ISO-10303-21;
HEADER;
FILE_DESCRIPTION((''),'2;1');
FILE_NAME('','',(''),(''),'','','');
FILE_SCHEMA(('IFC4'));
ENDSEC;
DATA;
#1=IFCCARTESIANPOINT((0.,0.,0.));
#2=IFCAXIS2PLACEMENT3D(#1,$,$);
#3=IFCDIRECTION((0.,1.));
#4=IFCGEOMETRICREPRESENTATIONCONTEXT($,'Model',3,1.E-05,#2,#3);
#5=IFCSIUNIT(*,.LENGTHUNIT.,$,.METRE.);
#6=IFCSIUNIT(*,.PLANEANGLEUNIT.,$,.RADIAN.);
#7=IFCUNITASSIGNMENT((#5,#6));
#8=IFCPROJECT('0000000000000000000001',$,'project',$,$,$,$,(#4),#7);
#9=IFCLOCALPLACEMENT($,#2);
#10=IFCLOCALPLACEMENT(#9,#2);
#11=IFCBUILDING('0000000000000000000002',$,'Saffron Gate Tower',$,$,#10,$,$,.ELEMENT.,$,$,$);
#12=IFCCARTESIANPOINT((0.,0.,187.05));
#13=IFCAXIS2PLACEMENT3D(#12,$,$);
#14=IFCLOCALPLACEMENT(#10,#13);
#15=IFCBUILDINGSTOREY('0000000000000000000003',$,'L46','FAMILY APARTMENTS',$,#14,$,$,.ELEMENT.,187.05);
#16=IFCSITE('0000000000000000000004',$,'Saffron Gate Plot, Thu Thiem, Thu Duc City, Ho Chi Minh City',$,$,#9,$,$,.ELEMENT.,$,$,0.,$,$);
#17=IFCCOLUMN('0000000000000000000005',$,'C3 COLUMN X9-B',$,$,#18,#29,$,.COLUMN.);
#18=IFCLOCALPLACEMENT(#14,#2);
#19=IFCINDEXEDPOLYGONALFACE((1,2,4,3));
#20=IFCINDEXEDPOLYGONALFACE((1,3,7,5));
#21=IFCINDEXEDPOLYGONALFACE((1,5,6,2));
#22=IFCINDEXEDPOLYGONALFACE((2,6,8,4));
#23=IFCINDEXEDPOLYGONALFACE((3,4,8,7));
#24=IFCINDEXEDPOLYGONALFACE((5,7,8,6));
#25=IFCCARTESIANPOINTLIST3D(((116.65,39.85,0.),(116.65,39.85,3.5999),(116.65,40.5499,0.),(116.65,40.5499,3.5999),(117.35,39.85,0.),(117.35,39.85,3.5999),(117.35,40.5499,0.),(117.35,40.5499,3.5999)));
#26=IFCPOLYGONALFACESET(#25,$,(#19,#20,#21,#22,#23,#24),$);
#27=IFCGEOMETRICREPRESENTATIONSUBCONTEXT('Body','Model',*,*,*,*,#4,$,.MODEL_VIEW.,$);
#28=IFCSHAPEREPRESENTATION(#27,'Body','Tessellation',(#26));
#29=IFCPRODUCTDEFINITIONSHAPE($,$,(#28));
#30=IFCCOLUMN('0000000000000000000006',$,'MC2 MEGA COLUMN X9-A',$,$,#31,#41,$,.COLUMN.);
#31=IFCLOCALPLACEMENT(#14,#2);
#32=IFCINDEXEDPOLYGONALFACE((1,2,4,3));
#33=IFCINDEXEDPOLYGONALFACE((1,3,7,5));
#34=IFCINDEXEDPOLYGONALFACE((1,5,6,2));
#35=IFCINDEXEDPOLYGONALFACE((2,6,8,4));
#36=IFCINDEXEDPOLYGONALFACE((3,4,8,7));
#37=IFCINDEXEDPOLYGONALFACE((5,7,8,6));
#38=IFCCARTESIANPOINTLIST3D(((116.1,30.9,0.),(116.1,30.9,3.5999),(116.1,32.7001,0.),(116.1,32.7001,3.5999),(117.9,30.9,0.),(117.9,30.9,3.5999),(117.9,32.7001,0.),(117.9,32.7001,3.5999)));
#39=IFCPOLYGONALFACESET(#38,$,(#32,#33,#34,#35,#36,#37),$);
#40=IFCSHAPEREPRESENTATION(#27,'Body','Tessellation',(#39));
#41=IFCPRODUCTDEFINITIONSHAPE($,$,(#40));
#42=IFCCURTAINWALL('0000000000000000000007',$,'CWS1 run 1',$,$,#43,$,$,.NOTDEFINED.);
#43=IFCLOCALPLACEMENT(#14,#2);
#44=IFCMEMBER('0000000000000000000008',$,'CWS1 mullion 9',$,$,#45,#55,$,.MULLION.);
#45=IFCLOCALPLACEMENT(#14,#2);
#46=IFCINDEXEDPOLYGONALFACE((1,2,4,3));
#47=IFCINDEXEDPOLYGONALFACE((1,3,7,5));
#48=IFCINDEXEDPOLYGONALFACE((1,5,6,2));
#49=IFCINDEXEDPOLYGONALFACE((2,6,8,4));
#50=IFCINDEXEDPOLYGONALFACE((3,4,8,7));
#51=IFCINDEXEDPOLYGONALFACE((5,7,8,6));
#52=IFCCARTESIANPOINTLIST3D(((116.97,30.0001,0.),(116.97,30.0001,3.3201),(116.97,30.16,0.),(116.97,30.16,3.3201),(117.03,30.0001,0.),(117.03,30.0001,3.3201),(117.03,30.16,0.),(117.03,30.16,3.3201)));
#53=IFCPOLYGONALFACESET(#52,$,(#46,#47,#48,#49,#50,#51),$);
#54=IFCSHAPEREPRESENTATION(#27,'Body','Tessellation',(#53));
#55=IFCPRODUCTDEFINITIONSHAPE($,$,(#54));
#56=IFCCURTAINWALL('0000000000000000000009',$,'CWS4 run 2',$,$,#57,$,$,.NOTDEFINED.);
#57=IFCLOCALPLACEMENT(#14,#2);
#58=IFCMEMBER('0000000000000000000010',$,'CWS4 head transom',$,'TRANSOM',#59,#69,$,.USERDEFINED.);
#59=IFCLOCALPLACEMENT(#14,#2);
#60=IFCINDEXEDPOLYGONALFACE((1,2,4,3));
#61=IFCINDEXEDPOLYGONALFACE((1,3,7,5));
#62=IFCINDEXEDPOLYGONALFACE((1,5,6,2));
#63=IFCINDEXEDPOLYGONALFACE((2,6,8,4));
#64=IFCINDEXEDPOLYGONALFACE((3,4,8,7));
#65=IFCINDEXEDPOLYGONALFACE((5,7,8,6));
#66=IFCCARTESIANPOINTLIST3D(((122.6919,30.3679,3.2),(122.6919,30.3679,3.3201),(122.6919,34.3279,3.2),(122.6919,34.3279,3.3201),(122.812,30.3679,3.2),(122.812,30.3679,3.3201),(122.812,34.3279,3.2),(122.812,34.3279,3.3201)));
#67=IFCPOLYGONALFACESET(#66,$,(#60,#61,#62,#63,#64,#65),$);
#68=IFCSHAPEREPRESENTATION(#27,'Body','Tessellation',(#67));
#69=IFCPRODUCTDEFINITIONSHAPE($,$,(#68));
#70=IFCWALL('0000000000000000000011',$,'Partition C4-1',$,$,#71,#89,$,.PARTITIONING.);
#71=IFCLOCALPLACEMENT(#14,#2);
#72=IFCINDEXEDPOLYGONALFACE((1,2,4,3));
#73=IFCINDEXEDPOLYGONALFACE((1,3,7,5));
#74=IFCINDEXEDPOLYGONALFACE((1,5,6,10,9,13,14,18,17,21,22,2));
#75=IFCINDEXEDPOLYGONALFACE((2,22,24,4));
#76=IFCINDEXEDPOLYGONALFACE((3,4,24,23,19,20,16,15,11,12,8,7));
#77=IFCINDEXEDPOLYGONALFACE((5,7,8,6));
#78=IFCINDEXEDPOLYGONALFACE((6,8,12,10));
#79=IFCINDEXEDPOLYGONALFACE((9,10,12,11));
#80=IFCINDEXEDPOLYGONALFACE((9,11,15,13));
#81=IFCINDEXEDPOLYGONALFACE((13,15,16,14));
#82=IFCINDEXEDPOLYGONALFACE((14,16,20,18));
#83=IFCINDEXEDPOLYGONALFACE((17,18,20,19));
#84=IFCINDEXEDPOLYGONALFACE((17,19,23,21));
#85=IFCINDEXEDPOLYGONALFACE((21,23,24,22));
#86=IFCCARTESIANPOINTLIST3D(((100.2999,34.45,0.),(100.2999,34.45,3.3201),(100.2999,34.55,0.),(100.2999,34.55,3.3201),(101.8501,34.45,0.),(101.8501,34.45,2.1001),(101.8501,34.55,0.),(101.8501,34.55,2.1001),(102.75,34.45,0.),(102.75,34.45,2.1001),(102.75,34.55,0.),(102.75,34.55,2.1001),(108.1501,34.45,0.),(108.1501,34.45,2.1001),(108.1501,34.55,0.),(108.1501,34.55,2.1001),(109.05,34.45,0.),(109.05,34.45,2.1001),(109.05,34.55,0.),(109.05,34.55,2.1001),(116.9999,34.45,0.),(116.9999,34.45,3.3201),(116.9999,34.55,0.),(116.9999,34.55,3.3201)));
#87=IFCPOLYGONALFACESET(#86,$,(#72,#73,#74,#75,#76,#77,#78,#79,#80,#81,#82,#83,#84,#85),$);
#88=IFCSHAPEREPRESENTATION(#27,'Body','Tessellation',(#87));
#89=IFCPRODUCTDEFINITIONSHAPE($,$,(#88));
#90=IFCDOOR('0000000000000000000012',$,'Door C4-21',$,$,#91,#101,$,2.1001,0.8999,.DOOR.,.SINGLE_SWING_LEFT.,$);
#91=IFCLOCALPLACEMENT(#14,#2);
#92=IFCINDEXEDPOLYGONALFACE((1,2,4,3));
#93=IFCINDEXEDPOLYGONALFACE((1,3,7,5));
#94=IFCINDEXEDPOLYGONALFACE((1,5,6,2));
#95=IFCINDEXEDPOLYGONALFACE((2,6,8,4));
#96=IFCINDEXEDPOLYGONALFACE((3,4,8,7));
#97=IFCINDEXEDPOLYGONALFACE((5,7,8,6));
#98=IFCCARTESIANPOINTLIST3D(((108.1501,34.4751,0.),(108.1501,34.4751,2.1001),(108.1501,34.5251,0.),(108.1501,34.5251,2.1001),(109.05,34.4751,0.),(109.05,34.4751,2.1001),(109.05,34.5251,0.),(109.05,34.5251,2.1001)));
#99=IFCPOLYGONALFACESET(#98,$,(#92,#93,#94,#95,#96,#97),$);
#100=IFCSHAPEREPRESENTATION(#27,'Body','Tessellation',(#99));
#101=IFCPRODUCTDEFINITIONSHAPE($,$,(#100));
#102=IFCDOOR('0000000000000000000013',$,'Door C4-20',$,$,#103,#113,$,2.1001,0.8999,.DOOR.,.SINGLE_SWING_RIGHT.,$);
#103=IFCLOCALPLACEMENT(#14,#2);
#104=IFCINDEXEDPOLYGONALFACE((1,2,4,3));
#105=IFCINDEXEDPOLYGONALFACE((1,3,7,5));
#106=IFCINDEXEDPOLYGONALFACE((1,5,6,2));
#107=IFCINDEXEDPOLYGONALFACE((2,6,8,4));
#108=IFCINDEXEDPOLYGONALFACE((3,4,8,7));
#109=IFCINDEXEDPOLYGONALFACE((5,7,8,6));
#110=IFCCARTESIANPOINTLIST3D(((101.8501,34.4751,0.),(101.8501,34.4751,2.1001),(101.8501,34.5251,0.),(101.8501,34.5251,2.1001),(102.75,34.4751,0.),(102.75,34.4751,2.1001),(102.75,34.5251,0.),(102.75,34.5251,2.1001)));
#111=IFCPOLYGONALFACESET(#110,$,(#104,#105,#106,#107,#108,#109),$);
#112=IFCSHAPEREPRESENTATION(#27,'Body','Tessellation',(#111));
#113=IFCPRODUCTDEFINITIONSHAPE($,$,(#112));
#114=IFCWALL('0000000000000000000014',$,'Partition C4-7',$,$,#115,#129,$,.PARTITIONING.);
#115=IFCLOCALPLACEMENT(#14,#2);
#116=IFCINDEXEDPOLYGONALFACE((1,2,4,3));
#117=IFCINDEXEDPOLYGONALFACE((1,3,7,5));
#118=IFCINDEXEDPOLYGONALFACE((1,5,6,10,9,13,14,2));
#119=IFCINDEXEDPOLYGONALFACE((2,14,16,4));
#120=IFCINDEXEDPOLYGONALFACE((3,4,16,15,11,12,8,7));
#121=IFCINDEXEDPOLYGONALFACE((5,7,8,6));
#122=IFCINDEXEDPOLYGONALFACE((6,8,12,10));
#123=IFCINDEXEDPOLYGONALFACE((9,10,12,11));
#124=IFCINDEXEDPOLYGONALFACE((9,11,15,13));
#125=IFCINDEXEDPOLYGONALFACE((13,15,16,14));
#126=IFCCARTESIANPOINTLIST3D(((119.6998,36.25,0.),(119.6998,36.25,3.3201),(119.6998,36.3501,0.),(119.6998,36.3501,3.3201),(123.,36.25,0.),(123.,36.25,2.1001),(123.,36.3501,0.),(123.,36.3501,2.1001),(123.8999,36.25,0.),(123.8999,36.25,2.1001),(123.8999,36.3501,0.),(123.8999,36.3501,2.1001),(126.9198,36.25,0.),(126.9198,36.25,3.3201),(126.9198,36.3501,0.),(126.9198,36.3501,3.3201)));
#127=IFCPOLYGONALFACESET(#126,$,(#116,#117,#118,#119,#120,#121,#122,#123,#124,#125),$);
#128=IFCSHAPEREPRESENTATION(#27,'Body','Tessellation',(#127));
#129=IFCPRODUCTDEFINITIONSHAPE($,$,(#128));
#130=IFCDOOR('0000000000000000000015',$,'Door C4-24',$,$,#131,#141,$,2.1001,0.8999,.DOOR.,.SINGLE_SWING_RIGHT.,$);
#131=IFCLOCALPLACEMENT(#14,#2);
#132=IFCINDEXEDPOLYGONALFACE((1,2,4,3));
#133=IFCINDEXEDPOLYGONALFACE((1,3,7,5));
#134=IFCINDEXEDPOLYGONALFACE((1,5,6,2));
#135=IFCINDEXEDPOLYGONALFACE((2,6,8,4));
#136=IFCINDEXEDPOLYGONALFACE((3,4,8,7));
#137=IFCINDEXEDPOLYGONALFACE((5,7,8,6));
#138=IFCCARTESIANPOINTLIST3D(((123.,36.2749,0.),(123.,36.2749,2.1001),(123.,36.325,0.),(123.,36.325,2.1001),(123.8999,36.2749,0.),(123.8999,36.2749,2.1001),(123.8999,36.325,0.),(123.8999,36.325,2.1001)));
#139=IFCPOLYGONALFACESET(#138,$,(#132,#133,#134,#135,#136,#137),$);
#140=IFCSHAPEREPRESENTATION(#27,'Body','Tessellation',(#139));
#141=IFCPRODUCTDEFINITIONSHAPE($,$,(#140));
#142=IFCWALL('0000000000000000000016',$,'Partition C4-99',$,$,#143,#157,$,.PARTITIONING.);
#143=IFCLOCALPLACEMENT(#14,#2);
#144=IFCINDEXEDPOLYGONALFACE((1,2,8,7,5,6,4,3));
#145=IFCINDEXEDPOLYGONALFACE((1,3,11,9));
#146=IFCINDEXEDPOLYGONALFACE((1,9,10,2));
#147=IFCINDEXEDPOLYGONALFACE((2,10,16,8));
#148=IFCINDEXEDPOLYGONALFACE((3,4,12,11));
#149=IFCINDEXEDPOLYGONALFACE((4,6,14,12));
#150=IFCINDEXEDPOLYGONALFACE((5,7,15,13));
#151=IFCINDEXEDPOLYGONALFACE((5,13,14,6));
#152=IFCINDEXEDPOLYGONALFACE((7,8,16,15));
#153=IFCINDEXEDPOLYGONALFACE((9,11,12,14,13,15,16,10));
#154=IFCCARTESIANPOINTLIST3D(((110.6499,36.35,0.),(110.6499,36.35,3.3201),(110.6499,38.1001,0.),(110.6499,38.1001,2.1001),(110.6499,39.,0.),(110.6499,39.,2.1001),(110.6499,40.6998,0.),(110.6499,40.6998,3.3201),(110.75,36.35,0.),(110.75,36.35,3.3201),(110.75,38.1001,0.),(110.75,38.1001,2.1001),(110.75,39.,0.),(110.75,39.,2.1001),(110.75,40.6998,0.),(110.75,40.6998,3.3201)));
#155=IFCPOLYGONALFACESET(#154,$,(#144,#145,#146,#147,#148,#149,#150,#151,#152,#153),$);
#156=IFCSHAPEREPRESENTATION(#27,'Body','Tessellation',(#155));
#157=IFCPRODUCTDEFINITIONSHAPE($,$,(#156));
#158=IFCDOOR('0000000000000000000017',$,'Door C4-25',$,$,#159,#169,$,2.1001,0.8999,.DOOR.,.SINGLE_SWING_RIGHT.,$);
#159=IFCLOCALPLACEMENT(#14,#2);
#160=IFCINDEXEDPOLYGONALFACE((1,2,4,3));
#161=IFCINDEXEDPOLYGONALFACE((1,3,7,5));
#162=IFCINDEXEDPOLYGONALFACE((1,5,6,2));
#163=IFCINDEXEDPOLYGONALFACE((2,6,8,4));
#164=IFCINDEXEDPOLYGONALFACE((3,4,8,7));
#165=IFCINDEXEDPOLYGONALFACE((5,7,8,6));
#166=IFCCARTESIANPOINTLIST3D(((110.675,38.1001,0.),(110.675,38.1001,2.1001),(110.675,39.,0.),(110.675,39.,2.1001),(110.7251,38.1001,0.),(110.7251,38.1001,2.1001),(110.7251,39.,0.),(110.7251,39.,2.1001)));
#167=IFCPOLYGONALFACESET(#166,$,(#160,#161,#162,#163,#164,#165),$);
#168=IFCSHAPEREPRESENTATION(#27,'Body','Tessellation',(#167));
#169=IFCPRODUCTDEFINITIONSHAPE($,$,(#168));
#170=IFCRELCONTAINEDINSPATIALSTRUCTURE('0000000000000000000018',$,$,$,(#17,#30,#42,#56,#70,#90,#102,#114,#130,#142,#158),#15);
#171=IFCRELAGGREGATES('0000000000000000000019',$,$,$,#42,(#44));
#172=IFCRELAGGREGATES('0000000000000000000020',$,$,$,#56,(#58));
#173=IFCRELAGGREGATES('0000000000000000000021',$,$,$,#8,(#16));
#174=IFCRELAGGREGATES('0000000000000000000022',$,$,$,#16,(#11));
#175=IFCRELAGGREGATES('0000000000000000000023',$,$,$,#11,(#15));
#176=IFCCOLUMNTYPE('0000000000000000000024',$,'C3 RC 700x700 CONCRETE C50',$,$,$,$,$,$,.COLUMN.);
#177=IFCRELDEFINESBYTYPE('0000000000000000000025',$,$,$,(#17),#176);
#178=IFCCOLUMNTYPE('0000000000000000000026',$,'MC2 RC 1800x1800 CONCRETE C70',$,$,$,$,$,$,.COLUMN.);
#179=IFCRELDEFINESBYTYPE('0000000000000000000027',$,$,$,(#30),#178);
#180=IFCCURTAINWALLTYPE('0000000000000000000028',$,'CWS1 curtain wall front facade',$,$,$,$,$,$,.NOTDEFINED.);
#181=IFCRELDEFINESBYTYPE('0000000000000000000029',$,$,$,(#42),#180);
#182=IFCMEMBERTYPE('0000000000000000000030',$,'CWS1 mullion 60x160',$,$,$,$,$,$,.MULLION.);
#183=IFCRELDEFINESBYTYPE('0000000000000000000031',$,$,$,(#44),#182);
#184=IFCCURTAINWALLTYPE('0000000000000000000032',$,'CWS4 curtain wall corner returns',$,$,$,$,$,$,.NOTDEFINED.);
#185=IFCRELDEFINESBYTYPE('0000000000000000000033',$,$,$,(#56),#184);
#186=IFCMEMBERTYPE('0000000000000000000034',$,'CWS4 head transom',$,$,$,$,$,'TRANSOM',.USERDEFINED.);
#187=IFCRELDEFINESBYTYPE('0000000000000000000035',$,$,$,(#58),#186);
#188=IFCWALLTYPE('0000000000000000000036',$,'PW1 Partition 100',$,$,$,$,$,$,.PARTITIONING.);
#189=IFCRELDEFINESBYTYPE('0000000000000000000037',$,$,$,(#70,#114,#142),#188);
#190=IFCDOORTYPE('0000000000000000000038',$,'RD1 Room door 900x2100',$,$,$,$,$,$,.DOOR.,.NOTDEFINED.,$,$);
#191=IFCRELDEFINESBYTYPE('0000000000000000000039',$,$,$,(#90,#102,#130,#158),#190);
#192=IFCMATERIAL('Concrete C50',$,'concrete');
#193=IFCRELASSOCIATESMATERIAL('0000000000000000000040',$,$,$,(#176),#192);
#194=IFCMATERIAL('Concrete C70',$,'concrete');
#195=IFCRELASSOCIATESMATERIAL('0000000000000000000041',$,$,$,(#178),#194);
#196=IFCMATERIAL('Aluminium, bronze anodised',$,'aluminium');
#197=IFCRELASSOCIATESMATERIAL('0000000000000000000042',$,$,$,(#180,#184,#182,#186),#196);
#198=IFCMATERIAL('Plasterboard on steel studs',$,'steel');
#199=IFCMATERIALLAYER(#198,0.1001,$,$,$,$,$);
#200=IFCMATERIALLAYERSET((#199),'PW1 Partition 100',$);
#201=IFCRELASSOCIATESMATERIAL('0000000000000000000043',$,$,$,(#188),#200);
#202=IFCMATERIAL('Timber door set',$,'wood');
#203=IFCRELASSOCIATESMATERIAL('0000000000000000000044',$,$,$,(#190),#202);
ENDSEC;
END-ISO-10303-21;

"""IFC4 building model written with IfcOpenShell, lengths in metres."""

from ifc_helpers import new_model, si_unit, direction, frame, frame_2d, origin, origin_2d, place, context, subcontext, project, spatial, rectangle, extrude, material, layer, layer_set, material_profile, profile_set, type_object, element, fill, aggregate, save


model = new_model("IFC4")

# Units and contexts
model_context = context("Model", 3, precision=1e-05, world=origin(), true_north=direction((0.0, 1.0)))
body_context = subcontext(model_context, "Body", "Model", "MODEL_VIEW")
ifc_project = project(units=[si_unit("LENGTHUNIT", "METRE"), si_unit("PLANEANGLEUNIT", "RADIAN")], contexts=[model_context])

# Site, building, storey
site_placement = place(None, origin())
site = spatial("IfcSite", under=ifc_project, at=site_placement, Name="Saffron Gate Plot, Thu Thiem, Thu Duc City, Ho Chi Minh City", CompositionType="ELEMENT", RefElevation=0.0)
building_placement = place(site_placement, origin())
building = spatial("IfcBuilding", under=site, at=building_placement, Name="Saffron Gate Tower", CompositionType="ELEMENT")
storey_placement = place(building_placement, frame((0.0, 0.0, 187.05)))
storey = spatial("IfcBuildingStorey", under=building, at=storey_placement, Name="L46", Description="FAMILY APARTMENTS", CompositionType="ELEMENT", Elevation=187.05)

# Columns
ifc_material_1 = material(Name="Concrete C50", Category="concrete")
ifc_material_profile_1 = material_profile(ifc_material_1, rectangle(XDim=0.7, YDim=0.7, at=origin_2d()))
ifc_profile_set_1 = profile_set([ifc_material_profile_1], Name="Concrete C50")
column_type_1 = type_object("IfcColumnType", Name="C3 RC 700x700 CONCRETE C50", PredefinedType="COLUMN", material=ifc_profile_set_1)
column_1_placement = place(storey_placement, frame((117.0, 40.2, 0.0), z_axis=(0.0, 0.0, 1.0), x_axis=(1.0, 0.0, 0.0)))
element("IfcColumn", 1, at=column_1_placement, inside=storey, type_object=column_type_1, Name="C3 COLUMN X9-B", PredefinedType="COLUMN", context=body_context, shape_type="SweptSolid", body=[
    extrude(rectangle(XDim=0.7, YDim=0.7, at=origin_2d()), origin(), (0.0, 0.0, 1.0), 3.5999),
])
ifc_material_2 = material(Name="Concrete C70", Category="concrete")
ifc_material_profile_2 = material_profile(ifc_material_2, rectangle(XDim=1.8, YDim=1.8, at=origin_2d()))
ifc_profile_set_2 = profile_set([ifc_material_profile_2], Name="Concrete C70")
column_type_2 = type_object("IfcColumnType", Name="MC2 RC 1800x1800 CONCRETE C70", PredefinedType="COLUMN", material=ifc_profile_set_2)
column_2_placement = place(storey_placement, frame((117.0, 31.8, 0.0), z_axis=(0.0, 0.0, 1.0), x_axis=(1.0, 0.0, 0.0)))
element("IfcColumn", 2, at=column_2_placement, inside=storey, type_object=column_type_2, Name="MC2 MEGA COLUMN X9-A", PredefinedType="COLUMN", context=body_context, shape_type="SweptSolid", body=[
    extrude(rectangle(XDim=1.8, YDim=1.8, at=origin_2d()), origin(), (0.0, 0.0, 1.0), 3.5999),
])

# Curtain walls, members
ifc_material_3 = material(Name="Aluminium, bronze anodised", Category="aluminium")
curtain_wall_type_1 = type_object("IfcCurtainWallType", Name="CWS1 curtain wall front facade", PredefinedType="NOTDEFINED", material=ifc_material_3)
curtain_wall_1_placement = place(storey_placement, origin())
curtain_wall_1 = element("IfcCurtainWall", 3, at=curtain_wall_1_placement, inside=storey, type_object=curtain_wall_type_1, Name="CWS1 run 1", PredefinedType="NOTDEFINED")
ifc_material_profile_3 = material_profile(ifc_material_3, rectangle(XDim=0.1599, YDim=0.0601, at=origin_2d()))
ifc_profile_set_3 = profile_set([ifc_material_profile_3], Name="Aluminium, bronze anodised")
member_type_1 = type_object("IfcMemberType", Name="CWS1 mullion 60x160", PredefinedType="MULLION", material=ifc_profile_set_3)
member_1_placement = place(storey_placement, frame((117.0, 30.0801, 0.0), z_axis=(0.0, 0.0, 1.0), x_axis=(0.0, 1.0, 0.0)))
member_1 = element("IfcMember", 4, at=member_1_placement, type_object=member_type_1, Name="CWS1 mullion 9", PredefinedType="MULLION", context=body_context, shape_type="SweptSolid", body=[
    extrude(rectangle(XDim=0.1599, YDim=0.0601, at=origin_2d()), origin(), (0.0, 0.0, 1.0), 3.3201),
])
aggregate(curtain_wall_1, [member_1])
curtain_wall_type_2 = type_object("IfcCurtainWallType", Name="CWS4 curtain wall corner returns", PredefinedType="NOTDEFINED", material=ifc_material_3)
curtain_wall_2_placement = place(storey_placement, origin())
curtain_wall_2 = element("IfcCurtainWall", 5, at=curtain_wall_2_placement, inside=storey, type_object=curtain_wall_type_2, Name="CWS4 run 2", PredefinedType="NOTDEFINED")
ifc_material_profile_4 = material_profile(ifc_material_3, rectangle(XDim=0.1201, YDim=0.1201, at=origin_2d()))
ifc_profile_set_4 = profile_set([ifc_material_profile_4], Name="Aluminium, bronze anodised")
member_type_2 = type_object("IfcMemberType", Name="CWS4 head transom", ElementType="TRANSOM", PredefinedType="USERDEFINED", material=ifc_profile_set_4)
member_2_placement = place(storey_placement, frame((122.752, 30.3679, 3.26), z_axis=(0.0, 1.0, 0.0), x_axis=(-1.0, 0.0, 0.0)))
member_2 = element("IfcMember", 6, at=member_2_placement, type_object=member_type_2, Name="CWS4 head transom", ObjectType="TRANSOM", PredefinedType="USERDEFINED", context=body_context, shape_type="SweptSolid", body=[
    extrude(rectangle(XDim=0.1201, YDim=0.1201, at=origin_2d()), origin(), (0.0, 0.0, 1.0), 3.96),
])
aggregate(curtain_wall_2, [member_2])

# Wall, openings, doors
ifc_material_4 = material(Name="Plasterboard on steel studs", Category="steel")
ifc_layer = layer(ifc_material_4, 0.1001)
ifc_layer_set = layer_set([ifc_layer], Name="PW1 Partition 100")
wall_type = type_object("IfcWallType", Name="PW1 Partition 100", PredefinedType="PARTITIONING", material=ifc_layer_set)
wall_1_placement = place(storey_placement, frame((117.0, 34.5, 0.0), z_axis=(0.0, 0.0, 1.0), x_axis=(-1.0, 0.0, 0.0)))
wall_1 = element("IfcWall", 7, at=wall_1_placement, inside=storey, type_object=wall_type, Name="Partition C4-1", PredefinedType="PARTITIONING", context=body_context, shape_type="SweptSolid", body=[
    extrude(rectangle(XDim=16.7, YDim=0.1001, at=frame_2d((8.3501, 0.0))), origin(), (0.0, 0.0, 1.0), 3.3201),
])
opening_1_placement = place(wall_1_placement, frame((7.95, 0.0, 0.0)))
opening_1 = element("IfcOpeningElement", 8, at=opening_1_placement, cuts=wall_1, PredefinedType="OPENING", context=body_context, shape_type="SweptSolid", body=[
    extrude(rectangle(XDim=0.8999, YDim=2.1001, at=frame_2d((0.45, 1.05))), frame((0.0, 0.0601, 0.0), z_axis=(0.0, -1.0, 0.0), x_axis=(1.0, 0.0, 0.0)), (0.0, 0.0, 1.0), 0.1201),
])
opening_2_placement = place(wall_1_placement, frame((14.25, 0.0, 0.0)))
opening_2 = element("IfcOpeningElement", 9, at=opening_2_placement, cuts=wall_1, PredefinedType="OPENING", context=body_context, shape_type="SweptSolid", body=[
    extrude(rectangle(XDim=0.8999, YDim=2.1001, at=frame_2d((0.45, 1.05))), frame((0.0, 0.0601, 0.0), z_axis=(0.0, -1.0, 0.0), x_axis=(1.0, 0.0, 0.0)), (0.0, 0.0, 1.0), 0.1201),
])
ifc_material_5 = material(Name="Timber door set", Category="wood")
door_type = type_object("IfcDoorType", Name="RD1 Room door 900x2100", OperationType="NOTDEFINED", PredefinedType="DOOR", material=ifc_material_5)
door_1_placement = place(opening_1_placement, origin())
door_1 = element("IfcDoor", 10, at=door_1_placement, inside=storey, type_object=door_type, Name="Door C4-21", OperationType="SINGLE_SWING_LEFT", OverallHeight=2.1001, OverallWidth=0.8999, PredefinedType="DOOR", context=body_context, shape_type="SweptSolid", body=[
    extrude(rectangle(XDim=0.8999, YDim=2.1001, at=frame_2d((0.45, 1.05))), frame((0.0, 0.0249, 0.0), z_axis=(0.0, -1.0, 0.0), x_axis=(1.0, 0.0, 0.0)), (0.0, 0.0, 1.0), 0.05),
])
fill(opening_1, door_1)
door_2_placement = place(opening_2_placement, origin())
door_2 = element("IfcDoor", 11, at=door_2_placement, inside=storey, type_object=door_type, Name="Door C4-20", OperationType="SINGLE_SWING_RIGHT", OverallHeight=2.1001, OverallWidth=0.8999, PredefinedType="DOOR", context=body_context, shape_type="SweptSolid", body=[
    extrude(rectangle(XDim=0.8999, YDim=2.1001, at=frame_2d((0.45, 1.05))), frame((0.0, 0.0249, 0.0), z_axis=(0.0, -1.0, 0.0), x_axis=(1.0, 0.0, 0.0)), (0.0, 0.0, 1.0), 0.05),
])
fill(opening_2, door_2)

# Walls, openings, doors
wall_2_placement = place(storey_placement, frame((119.7, 36.3, 0.0), z_axis=(0.0, 0.0, 1.0), x_axis=(1.0, 0.0, 0.0)))
wall_2 = element("IfcWall", 12, at=wall_2_placement, inside=storey, type_object=wall_type, Name="Partition C4-7", PredefinedType="PARTITIONING", context=body_context, shape_type="SweptSolid", body=[
    extrude(rectangle(XDim=7.22, YDim=0.1001, at=frame_2d((3.6099, 0.0))), origin(), (0.0, 0.0, 1.0), 3.3201),
])
opening_3_placement = place(wall_2_placement, frame((3.3, 0.0, 0.0)))
opening_3 = element("IfcOpeningElement", 13, at=opening_3_placement, cuts=wall_2, PredefinedType="OPENING", context=body_context, shape_type="SweptSolid", body=[
    extrude(rectangle(XDim=0.8999, YDim=2.1001, at=frame_2d((0.45, 1.05))), frame((0.0, 0.0601, 0.0), z_axis=(0.0, -1.0, 0.0), x_axis=(1.0, 0.0, 0.0)), (0.0, 0.0, 1.0), 0.1201),
])
door_3_placement = place(opening_3_placement, origin())
door_3 = element("IfcDoor", 14, at=door_3_placement, inside=storey, type_object=door_type, Name="Door C4-24", OperationType="SINGLE_SWING_RIGHT", OverallHeight=2.1001, OverallWidth=0.8999, PredefinedType="DOOR", context=body_context, shape_type="SweptSolid", body=[
    extrude(rectangle(XDim=0.8999, YDim=2.1001, at=frame_2d((0.45, 1.05))), frame((0.0, 0.0249, 0.0), z_axis=(0.0, -1.0, 0.0), x_axis=(1.0, 0.0, 0.0)), (0.0, 0.0, 1.0), 0.05),
])
fill(opening_3, door_3)
wall_3_placement = place(storey_placement, frame((110.7, 36.3501, 0.0), z_axis=(0.0, 0.0, 1.0), x_axis=(0.0, 1.0, 0.0)))
wall_3 = element("IfcWall", 15, at=wall_3_placement, inside=storey, type_object=wall_type, Name="Partition C4-99", PredefinedType="PARTITIONING", context=body_context, shape_type="SweptSolid", body=[
    extrude(rectangle(XDim=4.3499, YDim=0.1001, at=frame_2d((2.1748, 0.0))), origin(), (0.0, 0.0, 1.0), 3.3201),
])
opening_4_placement = place(wall_3_placement, frame((1.75, 0.0, 0.0)))
opening_4 = element("IfcOpeningElement", 16, at=opening_4_placement, cuts=wall_3, PredefinedType="OPENING", context=body_context, shape_type="SweptSolid", body=[
    extrude(rectangle(XDim=0.8999, YDim=2.1001, at=frame_2d((0.45, 1.05))), frame((0.0, 0.0601, 0.0), z_axis=(0.0, -1.0, 0.0), x_axis=(1.0, 0.0, 0.0)), (0.0, 0.0, 1.0), 0.1201),
])
door_4_placement = place(opening_4_placement, origin())
door_4 = element("IfcDoor", 17, at=door_4_placement, inside=storey, type_object=door_type, Name="Door C4-25", OperationType="SINGLE_SWING_RIGHT", OverallHeight=2.1001, OverallWidth=0.8999, PredefinedType="DOOR", context=body_context, shape_type="SweptSolid", body=[
    extrude(rectangle(XDim=0.8999, YDim=2.1001, at=frame_2d((0.45, 1.05))), frame((0.0, 0.0249, 0.0), z_axis=(0.0, -1.0, 0.0), x_axis=(1.0, 0.0, 0.0)), (0.0, 0.0, 1.0), 0.05),
])
fill(opening_4, door_4)

save(model, "model.ifc")
